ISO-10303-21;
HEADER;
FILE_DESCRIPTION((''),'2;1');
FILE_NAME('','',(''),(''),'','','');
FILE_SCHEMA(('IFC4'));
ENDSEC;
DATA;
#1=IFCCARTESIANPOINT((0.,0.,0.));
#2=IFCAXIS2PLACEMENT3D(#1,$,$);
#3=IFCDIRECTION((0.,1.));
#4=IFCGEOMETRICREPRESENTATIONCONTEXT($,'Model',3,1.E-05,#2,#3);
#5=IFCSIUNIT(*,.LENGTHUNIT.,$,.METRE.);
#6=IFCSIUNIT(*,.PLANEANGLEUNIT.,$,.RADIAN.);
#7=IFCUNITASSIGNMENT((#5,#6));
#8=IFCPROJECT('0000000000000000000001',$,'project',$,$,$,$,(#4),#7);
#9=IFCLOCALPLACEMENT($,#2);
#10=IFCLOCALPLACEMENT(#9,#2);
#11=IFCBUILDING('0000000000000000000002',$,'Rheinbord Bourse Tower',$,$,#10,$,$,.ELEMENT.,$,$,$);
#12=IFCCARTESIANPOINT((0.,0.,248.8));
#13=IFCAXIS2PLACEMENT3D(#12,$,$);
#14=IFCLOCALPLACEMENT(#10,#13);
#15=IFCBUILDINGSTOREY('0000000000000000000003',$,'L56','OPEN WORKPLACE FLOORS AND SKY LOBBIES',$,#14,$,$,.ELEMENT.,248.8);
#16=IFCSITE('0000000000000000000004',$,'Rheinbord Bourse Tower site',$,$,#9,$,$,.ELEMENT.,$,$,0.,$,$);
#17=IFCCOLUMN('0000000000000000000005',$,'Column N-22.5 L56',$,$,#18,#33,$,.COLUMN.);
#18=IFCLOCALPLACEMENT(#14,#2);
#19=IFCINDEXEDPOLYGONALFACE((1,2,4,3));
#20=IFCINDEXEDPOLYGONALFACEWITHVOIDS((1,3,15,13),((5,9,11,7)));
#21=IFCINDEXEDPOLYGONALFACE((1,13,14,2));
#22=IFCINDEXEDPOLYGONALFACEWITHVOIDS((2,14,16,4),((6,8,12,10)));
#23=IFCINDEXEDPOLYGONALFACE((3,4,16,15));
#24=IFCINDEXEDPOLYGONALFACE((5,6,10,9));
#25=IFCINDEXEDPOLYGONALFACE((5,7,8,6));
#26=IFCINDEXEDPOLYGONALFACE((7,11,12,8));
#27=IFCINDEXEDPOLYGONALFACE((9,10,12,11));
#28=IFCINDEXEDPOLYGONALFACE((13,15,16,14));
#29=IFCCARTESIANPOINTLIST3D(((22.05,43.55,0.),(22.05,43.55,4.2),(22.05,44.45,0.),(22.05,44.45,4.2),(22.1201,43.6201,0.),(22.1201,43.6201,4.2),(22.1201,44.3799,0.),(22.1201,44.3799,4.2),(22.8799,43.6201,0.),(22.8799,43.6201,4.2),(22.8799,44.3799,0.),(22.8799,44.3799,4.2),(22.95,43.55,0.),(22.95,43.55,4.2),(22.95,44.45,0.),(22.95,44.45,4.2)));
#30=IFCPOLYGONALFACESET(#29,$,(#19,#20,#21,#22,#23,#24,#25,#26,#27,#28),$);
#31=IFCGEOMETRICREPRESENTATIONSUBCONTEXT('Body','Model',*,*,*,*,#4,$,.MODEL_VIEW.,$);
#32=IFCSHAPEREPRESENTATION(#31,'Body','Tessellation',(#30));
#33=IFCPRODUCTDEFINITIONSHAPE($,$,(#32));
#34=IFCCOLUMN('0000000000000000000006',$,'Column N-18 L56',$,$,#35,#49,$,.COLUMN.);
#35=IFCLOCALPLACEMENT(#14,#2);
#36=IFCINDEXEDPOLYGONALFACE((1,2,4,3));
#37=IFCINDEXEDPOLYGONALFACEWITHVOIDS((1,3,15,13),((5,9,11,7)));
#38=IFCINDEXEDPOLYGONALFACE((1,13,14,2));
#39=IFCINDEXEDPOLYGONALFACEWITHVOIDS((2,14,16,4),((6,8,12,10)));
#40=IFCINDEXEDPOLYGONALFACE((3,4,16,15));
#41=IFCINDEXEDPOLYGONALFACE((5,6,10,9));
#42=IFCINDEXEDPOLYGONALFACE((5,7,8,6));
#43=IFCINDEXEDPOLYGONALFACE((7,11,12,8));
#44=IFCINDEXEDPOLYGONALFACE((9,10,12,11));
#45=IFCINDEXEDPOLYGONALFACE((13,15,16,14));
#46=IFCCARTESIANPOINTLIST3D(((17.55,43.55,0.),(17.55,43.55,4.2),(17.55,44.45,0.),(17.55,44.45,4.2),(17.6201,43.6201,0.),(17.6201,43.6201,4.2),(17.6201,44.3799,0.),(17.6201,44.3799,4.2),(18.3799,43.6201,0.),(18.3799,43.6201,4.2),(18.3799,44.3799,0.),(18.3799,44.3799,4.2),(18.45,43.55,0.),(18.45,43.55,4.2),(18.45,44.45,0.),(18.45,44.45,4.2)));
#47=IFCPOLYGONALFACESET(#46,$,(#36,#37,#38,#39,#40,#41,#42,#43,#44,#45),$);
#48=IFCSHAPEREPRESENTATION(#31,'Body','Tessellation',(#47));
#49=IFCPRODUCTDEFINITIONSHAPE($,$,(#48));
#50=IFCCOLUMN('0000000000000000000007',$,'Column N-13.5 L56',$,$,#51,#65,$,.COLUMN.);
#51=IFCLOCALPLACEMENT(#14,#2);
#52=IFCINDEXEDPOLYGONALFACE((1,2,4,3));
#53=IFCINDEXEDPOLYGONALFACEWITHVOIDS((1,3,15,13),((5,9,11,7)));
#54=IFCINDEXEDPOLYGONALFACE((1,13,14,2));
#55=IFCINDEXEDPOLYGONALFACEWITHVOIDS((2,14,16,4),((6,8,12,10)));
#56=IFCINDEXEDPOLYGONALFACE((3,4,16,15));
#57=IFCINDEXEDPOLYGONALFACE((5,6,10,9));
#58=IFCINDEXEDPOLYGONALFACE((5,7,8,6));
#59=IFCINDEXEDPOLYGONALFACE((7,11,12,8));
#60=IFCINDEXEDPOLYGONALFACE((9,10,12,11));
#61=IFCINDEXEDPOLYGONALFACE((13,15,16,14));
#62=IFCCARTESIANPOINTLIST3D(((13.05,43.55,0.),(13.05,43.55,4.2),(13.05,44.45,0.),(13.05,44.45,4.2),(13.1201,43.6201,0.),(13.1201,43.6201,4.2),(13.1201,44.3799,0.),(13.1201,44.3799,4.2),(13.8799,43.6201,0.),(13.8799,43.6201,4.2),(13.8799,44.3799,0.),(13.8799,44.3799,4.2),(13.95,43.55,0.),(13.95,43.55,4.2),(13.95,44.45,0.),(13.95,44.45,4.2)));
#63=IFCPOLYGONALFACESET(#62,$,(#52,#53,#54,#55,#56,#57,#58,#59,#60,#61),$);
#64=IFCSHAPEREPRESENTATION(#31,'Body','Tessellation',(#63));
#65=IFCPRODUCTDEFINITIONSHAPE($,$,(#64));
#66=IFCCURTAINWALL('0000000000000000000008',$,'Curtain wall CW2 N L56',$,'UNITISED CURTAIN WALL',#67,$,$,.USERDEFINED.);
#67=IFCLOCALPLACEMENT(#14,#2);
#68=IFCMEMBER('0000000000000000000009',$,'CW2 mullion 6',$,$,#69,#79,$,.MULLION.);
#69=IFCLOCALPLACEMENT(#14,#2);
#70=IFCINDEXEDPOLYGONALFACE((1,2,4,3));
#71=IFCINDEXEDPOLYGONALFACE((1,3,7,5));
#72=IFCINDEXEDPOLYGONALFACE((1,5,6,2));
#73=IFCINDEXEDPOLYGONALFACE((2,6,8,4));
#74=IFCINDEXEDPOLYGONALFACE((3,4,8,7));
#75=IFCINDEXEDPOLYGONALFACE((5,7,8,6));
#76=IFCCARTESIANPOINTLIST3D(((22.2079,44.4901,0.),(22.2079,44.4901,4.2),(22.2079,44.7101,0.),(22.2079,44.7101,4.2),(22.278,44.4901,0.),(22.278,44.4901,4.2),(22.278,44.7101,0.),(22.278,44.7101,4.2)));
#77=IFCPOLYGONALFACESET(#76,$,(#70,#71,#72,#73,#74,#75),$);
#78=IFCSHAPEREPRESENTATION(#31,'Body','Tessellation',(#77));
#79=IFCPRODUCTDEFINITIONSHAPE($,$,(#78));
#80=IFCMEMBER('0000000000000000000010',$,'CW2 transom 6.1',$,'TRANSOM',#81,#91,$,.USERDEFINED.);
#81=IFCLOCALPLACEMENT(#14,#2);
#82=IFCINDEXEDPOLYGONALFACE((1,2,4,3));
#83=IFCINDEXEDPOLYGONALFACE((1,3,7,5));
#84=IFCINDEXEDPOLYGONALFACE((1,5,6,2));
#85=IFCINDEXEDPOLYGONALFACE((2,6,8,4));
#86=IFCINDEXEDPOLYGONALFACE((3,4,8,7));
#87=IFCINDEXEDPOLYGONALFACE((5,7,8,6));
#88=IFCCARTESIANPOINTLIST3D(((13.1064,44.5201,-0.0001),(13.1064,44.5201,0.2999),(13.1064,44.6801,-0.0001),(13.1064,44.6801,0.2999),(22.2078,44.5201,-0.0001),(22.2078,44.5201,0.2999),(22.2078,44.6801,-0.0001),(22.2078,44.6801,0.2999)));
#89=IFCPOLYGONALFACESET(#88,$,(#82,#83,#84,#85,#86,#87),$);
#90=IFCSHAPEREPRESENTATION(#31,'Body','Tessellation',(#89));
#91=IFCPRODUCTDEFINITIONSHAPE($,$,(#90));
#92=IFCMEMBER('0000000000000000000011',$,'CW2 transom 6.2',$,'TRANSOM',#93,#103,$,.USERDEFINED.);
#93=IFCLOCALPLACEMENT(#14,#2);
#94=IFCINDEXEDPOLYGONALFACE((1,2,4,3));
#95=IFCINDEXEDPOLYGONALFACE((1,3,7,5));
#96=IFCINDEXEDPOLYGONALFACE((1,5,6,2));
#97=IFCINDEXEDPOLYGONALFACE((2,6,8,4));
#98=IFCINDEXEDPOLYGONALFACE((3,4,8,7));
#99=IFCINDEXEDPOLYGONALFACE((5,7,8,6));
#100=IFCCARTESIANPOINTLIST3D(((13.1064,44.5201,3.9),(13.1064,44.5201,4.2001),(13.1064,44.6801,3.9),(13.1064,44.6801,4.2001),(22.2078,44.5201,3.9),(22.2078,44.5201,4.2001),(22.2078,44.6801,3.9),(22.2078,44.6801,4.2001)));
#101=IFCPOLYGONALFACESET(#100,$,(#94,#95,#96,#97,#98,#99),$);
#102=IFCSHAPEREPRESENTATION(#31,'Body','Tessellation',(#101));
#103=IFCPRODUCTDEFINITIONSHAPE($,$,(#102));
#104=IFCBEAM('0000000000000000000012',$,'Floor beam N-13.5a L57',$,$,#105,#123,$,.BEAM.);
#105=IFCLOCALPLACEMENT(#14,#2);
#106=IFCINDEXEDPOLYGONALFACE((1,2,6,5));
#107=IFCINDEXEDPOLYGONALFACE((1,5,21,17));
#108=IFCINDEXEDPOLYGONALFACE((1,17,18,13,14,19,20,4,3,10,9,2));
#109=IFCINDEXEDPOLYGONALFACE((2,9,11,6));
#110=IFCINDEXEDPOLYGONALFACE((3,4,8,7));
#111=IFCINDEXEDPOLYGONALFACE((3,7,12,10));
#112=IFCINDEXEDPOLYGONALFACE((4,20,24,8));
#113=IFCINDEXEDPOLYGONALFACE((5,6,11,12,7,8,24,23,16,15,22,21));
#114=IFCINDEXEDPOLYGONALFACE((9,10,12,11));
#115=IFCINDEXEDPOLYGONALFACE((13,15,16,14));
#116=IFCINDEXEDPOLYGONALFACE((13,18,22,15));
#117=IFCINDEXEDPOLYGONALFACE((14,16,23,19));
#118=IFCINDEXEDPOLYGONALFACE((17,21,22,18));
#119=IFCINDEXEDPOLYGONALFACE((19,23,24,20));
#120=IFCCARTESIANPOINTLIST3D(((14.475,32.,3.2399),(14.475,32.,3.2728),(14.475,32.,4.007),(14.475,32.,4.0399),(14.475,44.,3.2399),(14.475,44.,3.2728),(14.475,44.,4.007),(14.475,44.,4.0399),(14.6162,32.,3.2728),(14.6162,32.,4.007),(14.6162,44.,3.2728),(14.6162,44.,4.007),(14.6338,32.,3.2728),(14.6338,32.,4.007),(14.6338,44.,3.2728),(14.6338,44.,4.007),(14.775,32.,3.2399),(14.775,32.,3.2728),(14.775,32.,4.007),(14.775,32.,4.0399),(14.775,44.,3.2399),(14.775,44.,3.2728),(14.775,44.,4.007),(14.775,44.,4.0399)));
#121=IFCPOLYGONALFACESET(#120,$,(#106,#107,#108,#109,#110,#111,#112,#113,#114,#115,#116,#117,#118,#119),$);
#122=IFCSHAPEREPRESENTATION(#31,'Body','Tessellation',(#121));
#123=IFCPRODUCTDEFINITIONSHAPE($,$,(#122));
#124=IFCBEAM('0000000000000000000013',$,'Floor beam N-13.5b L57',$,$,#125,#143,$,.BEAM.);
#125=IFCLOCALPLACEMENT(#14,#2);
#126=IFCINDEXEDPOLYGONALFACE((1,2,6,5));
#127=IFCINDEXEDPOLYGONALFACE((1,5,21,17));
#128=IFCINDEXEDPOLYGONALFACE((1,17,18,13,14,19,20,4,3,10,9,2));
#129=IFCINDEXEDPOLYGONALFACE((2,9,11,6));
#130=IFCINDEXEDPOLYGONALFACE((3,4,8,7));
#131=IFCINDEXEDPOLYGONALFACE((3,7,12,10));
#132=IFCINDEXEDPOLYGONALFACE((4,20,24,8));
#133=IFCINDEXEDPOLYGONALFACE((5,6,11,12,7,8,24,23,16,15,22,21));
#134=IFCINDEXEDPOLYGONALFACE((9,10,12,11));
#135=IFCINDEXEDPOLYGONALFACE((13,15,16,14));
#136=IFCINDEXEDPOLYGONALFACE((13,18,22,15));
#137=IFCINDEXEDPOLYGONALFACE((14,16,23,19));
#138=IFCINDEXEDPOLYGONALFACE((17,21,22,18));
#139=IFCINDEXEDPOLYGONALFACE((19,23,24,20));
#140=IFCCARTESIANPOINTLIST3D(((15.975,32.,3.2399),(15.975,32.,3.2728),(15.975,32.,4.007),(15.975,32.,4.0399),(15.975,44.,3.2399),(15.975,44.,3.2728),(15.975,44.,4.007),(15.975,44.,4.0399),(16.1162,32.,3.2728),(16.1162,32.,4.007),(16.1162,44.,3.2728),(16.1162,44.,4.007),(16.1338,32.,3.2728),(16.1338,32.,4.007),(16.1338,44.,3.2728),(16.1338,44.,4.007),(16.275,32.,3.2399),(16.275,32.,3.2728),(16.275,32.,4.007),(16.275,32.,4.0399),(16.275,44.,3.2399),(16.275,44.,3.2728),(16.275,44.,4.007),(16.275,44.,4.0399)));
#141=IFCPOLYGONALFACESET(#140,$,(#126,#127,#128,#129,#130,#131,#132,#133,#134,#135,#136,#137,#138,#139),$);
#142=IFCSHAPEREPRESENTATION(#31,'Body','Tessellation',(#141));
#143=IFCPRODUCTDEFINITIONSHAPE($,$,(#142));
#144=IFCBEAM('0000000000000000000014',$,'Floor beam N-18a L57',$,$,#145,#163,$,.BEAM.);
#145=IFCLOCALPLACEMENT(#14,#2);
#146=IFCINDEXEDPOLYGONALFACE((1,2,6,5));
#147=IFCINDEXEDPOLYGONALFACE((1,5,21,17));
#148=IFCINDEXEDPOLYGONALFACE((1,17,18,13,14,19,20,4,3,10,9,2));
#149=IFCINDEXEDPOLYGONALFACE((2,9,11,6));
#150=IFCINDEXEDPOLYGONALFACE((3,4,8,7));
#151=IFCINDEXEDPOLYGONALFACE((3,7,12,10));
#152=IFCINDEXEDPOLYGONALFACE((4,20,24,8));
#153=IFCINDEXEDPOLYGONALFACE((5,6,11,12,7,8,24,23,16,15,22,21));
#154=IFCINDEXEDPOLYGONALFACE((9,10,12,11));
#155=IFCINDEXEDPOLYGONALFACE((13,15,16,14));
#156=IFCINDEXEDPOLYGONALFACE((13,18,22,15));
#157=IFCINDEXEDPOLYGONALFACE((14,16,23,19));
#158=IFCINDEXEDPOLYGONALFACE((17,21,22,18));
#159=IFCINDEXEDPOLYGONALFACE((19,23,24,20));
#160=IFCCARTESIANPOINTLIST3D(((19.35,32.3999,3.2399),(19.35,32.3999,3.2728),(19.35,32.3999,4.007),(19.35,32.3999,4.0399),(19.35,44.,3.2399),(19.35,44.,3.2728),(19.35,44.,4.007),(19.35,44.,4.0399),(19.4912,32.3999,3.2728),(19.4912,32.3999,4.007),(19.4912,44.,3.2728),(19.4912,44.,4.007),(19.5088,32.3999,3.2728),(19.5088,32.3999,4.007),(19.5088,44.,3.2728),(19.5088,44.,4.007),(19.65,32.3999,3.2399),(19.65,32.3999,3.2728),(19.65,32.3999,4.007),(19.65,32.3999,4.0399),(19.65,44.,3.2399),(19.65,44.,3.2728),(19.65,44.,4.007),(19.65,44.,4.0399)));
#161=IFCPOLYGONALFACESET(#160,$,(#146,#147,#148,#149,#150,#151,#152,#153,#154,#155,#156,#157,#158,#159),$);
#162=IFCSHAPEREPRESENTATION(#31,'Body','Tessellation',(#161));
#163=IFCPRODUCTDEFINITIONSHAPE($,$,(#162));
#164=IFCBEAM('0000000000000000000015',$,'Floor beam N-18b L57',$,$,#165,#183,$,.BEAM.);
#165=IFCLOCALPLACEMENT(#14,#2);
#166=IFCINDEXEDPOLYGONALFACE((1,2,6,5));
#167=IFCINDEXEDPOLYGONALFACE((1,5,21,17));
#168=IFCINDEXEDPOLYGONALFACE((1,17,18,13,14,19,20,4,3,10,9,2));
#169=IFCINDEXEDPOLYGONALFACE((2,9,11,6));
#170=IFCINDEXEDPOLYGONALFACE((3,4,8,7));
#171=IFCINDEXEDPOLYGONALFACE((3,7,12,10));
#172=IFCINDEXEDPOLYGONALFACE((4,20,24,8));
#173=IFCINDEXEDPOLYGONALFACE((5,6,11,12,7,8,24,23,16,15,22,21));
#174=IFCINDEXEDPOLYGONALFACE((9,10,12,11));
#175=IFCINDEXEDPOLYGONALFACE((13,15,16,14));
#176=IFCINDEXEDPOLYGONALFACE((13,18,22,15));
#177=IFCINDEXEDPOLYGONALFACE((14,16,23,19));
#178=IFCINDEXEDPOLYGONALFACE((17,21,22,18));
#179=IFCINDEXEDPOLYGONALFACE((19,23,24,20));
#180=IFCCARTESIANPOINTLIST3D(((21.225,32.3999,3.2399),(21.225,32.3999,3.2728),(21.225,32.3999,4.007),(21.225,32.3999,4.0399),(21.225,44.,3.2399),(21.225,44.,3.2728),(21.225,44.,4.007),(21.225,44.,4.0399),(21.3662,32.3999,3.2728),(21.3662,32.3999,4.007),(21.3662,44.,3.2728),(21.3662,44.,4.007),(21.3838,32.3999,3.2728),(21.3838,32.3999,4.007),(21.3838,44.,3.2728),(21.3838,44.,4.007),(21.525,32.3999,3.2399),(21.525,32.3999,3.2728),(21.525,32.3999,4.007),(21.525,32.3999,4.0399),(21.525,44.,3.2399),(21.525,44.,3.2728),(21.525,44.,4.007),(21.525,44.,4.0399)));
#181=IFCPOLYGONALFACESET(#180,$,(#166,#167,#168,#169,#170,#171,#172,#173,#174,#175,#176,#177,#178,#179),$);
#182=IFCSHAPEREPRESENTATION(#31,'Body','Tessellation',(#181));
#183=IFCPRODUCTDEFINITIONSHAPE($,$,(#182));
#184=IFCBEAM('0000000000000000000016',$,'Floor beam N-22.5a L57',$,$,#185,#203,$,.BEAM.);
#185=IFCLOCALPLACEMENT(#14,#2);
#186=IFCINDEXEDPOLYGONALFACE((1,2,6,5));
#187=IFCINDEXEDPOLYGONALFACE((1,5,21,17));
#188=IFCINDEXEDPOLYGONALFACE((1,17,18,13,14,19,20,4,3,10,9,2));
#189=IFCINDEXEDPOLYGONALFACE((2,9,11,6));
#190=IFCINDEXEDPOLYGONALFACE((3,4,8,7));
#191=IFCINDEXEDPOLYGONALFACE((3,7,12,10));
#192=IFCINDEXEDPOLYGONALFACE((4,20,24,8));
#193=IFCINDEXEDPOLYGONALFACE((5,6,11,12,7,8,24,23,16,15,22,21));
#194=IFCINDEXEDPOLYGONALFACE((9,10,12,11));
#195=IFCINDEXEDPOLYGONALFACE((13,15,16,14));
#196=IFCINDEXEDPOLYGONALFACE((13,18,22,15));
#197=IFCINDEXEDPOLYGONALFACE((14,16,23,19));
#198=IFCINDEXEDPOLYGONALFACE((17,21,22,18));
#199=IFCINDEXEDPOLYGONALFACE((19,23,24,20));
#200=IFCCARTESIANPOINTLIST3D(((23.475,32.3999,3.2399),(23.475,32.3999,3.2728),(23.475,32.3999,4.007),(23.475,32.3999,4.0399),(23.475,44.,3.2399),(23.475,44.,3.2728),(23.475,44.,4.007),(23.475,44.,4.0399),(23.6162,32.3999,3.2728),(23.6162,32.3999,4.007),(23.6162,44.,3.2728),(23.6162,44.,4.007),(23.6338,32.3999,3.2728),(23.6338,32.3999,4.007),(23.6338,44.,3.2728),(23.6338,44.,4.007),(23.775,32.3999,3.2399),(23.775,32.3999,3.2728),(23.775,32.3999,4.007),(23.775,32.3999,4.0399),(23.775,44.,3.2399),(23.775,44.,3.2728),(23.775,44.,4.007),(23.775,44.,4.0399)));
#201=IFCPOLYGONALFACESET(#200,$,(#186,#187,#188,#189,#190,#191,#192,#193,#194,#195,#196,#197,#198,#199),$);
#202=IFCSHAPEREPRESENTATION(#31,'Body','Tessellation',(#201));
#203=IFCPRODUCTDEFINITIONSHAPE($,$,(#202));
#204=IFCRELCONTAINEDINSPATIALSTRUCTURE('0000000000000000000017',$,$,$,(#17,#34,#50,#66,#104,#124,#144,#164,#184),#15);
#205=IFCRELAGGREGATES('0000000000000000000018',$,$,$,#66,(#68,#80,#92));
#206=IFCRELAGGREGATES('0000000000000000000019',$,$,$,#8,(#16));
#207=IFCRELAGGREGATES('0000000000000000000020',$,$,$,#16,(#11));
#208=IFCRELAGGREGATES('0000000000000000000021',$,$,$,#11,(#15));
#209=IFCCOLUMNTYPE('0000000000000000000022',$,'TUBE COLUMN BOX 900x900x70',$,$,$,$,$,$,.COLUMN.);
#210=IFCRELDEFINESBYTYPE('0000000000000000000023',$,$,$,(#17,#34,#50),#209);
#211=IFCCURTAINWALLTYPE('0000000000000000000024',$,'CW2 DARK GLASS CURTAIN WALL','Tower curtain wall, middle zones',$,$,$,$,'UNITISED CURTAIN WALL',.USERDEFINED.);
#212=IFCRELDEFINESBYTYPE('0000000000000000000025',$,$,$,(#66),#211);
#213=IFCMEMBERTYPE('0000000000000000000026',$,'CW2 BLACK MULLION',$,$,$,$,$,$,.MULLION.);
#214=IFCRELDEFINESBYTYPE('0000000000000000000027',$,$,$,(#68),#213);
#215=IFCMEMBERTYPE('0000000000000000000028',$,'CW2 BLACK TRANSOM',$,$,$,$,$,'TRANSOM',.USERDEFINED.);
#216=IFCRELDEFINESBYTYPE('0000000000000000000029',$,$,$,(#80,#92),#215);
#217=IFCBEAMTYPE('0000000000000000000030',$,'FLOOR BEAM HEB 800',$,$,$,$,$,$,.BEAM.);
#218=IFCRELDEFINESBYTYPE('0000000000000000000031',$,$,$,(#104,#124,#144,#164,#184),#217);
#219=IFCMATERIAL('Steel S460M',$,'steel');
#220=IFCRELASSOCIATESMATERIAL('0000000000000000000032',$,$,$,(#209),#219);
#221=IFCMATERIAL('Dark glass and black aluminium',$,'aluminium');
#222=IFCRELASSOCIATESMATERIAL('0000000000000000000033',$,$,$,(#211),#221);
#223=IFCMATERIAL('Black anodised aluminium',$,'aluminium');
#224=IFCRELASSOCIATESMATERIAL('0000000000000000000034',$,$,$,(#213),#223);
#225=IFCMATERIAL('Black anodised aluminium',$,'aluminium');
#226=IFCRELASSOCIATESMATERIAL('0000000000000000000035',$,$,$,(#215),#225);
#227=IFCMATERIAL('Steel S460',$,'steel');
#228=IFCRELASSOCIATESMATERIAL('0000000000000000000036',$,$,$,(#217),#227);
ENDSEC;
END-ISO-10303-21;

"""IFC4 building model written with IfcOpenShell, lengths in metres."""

from ifc_helpers import new_model, si_unit, direction, frame, origin, origin_2d, place, context, subcontext, project, spatial, rectangle, hollow_rectangle, i_section, extrude, material, material_profile, profile_set, type_object, element, aggregate, save


model = new_model("IFC4")

# Units and contexts
model_context = context("Model", 3, precision=1e-05, world=origin(), true_north=direction((0.0, 1.0)))
body_context = subcontext(model_context, "Body", "Model", "MODEL_VIEW")
ifc_project = project(units=[si_unit("LENGTHUNIT", "METRE"), si_unit("PLANEANGLEUNIT", "RADIAN")], contexts=[model_context])

# Site, building, storey
site_placement = place(None, origin())
site = spatial("IfcSite", under=ifc_project, at=site_placement, Name="Rheinbord Bourse Tower site", CompositionType="ELEMENT", RefElevation=0.0)
building_placement = place(site_placement, origin())
building = spatial("IfcBuilding", under=site, at=building_placement, Name="Rheinbord Bourse Tower", CompositionType="ELEMENT")
storey_placement = place(building_placement, frame((0.0, 0.0, 248.8)))
storey = spatial("IfcBuildingStorey", under=building, at=storey_placement, Name="L56", Description="OPEN WORKPLACE FLOORS AND SKY LOBBIES", CompositionType="ELEMENT", Elevation=248.8)

# Columns
ifc_material_1 = material(Name="Steel S460M", Category="steel")
ifc_material_profile_1 = material_profile(ifc_material_1, hollow_rectangle(XDim=0.8999, YDim=0.8999, WallThickness=0.0701, at=origin_2d()), Name="BOX 900x900x70")
ifc_profile_set_1 = profile_set([ifc_material_profile_1], Name="Steel S460M")
column_type = type_object("IfcColumnType", Name="TUBE COLUMN BOX 900x900x70", PredefinedType="COLUMN", material=ifc_profile_set_1)
for number, where, z_axis, x_axis, name in (
    (1, (22.5, 44.0, 0.0), (0.0, 0.0, 1.0), (0.0, 1.0, 0.0), "Column N-22.5 L56"),
    (2, (18.0, 44.0, 0.0), (0.0, 0.0, 1.0), (0.0, 1.0, 0.0), "Column N-18 L56"),
    (3, (13.5, 44.0, 0.0), (0.0, 0.0, 1.0), (0.0, 1.0, 0.0), "Column N-13.5 L56"),
):
    element("IfcColumn", number, at=place(storey_placement, frame(where, z_axis=z_axis, x_axis=x_axis)), inside=storey, type_object=column_type, Name=name, PredefinedType="COLUMN", context=body_context, shape_type="SweptSolid", body=[
        extrude(hollow_rectangle(XDim=0.8999, YDim=0.8999, WallThickness=0.0701, at=origin_2d()), origin(), (0.0, 0.0, 1.0), 4.2),
    ])

# Curtain wall, members
ifc_material_2 = material(Name="Dark glass and black aluminium", Category="aluminium")
curtain_wall_type = type_object("IfcCurtainWallType", Name="CW2 DARK GLASS CURTAIN WALL", Description="Tower curtain wall, middle zones", ElementType="UNITISED CURTAIN WALL", PredefinedType="USERDEFINED", material=ifc_material_2)
curtain_wall_placement = place(storey_placement, origin())
curtain_wall = element("IfcCurtainWall", 4, at=curtain_wall_placement, inside=storey, type_object=curtain_wall_type, Name="Curtain wall CW2 N L56", ObjectType="UNITISED CURTAIN WALL", PredefinedType="USERDEFINED")
ifc_material_3 = material(Name="Black anodised aluminium", Category="aluminium")
ifc_material_profile_2 = material_profile(ifc_material_3, rectangle(XDim=0.22, YDim=0.0701, at=origin_2d()), Name="CW2 MULLION 70x220")
ifc_profile_set_2 = profile_set([ifc_material_profile_2], Name="Black anodised aluminium")
member_type_1 = type_object("IfcMemberType", Name="CW2 BLACK MULLION", PredefinedType="MULLION", material=ifc_profile_set_2)
member_1_placement = place(storey_placement, frame((22.2429, 44.6001, 0.0), z_axis=(0.0, 0.0, 1.0), x_axis=(0.0, -1.0, 0.0)))
member_1 = element("IfcMember", 5, at=member_1_placement, type_object=member_type_1, Name="CW2 mullion 6", PredefinedType="MULLION", context=body_context, shape_type="SweptSolid", body=[
    extrude(rectangle(XDim=0.22, YDim=0.0701, at=origin_2d()), origin(), (0.0, 0.0, 1.0), 4.2),
])
ifc_material_4 = material(Name="Black anodised aluminium", Category="aluminium")
ifc_material_profile_3 = material_profile(ifc_material_4, rectangle(XDim=0.1599, YDim=0.3, at=origin_2d()), Name="CW2 TRANSOM 300x160")
ifc_profile_set_3 = profile_set([ifc_material_profile_3], Name="Black anodised aluminium")
member_type_2 = type_object("IfcMemberType", Name="CW2 BLACK TRANSOM", ElementType="TRANSOM", PredefinedType="USERDEFINED", material=ifc_profile_set_3)
member_2_placement = place(storey_placement, frame((22.2078, 44.6001, 0.1499), z_axis=(-1.0, 0.0, 0.0), x_axis=(0.0, -1.0, 0.0)))
member_2 = element("IfcMember", 6, at=member_2_placement, type_object=member_type_2, Name="CW2 transom 6.1", ObjectType="TRANSOM", PredefinedType="USERDEFINED", context=body_context, shape_type="SweptSolid", body=[
    extrude(rectangle(XDim=0.1599, YDim=0.3, at=origin_2d()), origin(), (0.0, 0.0, 1.0), 9.1013),
])
member_3_placement = place(storey_placement, frame((22.2078, 44.6001, 4.05), z_axis=(-1.0, 0.0, 0.0), x_axis=(0.0, -1.0, 0.0)))
member_3 = element("IfcMember", 7, at=member_3_placement, type_object=member_type_2, Name="CW2 transom 6.2", ObjectType="TRANSOM", PredefinedType="USERDEFINED", context=body_context, shape_type="SweptSolid", body=[
    extrude(rectangle(XDim=0.1599, YDim=0.3, at=origin_2d()), origin(), (0.0, 0.0, 1.0), 9.1013),
])

# Beams
ifc_material_5 = material(Name="Steel S460", Category="steel")
ifc_material_profile_4 = material_profile(ifc_material_5, i_section(OverallWidth=0.3, OverallDepth=0.8, WebThickness=0.0176, FlangeThickness=0.033, at=origin_2d()), Name="HEB 800")
ifc_profile_set_4 = profile_set([ifc_material_profile_4], Name="Steel S460")
beam_type_1 = type_object("IfcBeamType", Name="FLOOR BEAM HEB 800", PredefinedType="BEAM", material=ifc_profile_set_4)
for number, where, z_axis, x_axis, name in (
    (8, (14.625, 44.0, 3.6399), (0.0, -1.0, 0.0), (1.0, 0.0, 0.0), "Floor beam N-13.5a L57"),
    (9, (16.125, 44.0, 3.6399), (0.0, -1.0, 0.0), (1.0, 0.0, 0.0), "Floor beam N-13.5b L57"),
):
    element("IfcBeam", number, at=place(storey_placement, frame(where, z_axis=z_axis, x_axis=x_axis)), inside=storey, type_object=beam_type_1, Name=name, PredefinedType="BEAM", context=body_context, shape_type="SweptSolid", body=[
        extrude(i_section(OverallWidth=0.3, OverallDepth=0.8, WebThickness=0.0176, FlangeThickness=0.033, at=origin_2d()), origin(), (0.0, 0.0, 1.0), 12.0),
    ])
for number, where, z_axis, x_axis, name in (
    (10, (19.5, 44.0, 3.6399), (0.0, -1.0, 0.0), (1.0, 0.0, 0.0), "Floor beam N-18a L57"),
    (11, (21.375, 44.0, 3.6399), (0.0, -1.0, 0.0), (1.0, 0.0, 0.0), "Floor beam N-18b L57"),
    (12, (23.625, 44.0, 3.6399), (0.0, -1.0, 0.0), (1.0, 0.0, 0.0), "Floor beam N-22.5a L57"),
):
    element("IfcBeam", number, at=place(storey_placement, frame(where, z_axis=z_axis, x_axis=x_axis)), inside=storey, type_object=beam_type_1, Name=name, PredefinedType="BEAM", context=body_context, shape_type="SweptSolid", body=[
        extrude(i_section(OverallWidth=0.3, OverallDepth=0.8, WebThickness=0.0176, FlangeThickness=0.033, at=origin_2d()), origin(), (0.0, 0.0, 1.0), 11.6001),
    ])

aggregate(curtain_wall, [member_1, member_2, member_3])

save(model, "model.ifc")
